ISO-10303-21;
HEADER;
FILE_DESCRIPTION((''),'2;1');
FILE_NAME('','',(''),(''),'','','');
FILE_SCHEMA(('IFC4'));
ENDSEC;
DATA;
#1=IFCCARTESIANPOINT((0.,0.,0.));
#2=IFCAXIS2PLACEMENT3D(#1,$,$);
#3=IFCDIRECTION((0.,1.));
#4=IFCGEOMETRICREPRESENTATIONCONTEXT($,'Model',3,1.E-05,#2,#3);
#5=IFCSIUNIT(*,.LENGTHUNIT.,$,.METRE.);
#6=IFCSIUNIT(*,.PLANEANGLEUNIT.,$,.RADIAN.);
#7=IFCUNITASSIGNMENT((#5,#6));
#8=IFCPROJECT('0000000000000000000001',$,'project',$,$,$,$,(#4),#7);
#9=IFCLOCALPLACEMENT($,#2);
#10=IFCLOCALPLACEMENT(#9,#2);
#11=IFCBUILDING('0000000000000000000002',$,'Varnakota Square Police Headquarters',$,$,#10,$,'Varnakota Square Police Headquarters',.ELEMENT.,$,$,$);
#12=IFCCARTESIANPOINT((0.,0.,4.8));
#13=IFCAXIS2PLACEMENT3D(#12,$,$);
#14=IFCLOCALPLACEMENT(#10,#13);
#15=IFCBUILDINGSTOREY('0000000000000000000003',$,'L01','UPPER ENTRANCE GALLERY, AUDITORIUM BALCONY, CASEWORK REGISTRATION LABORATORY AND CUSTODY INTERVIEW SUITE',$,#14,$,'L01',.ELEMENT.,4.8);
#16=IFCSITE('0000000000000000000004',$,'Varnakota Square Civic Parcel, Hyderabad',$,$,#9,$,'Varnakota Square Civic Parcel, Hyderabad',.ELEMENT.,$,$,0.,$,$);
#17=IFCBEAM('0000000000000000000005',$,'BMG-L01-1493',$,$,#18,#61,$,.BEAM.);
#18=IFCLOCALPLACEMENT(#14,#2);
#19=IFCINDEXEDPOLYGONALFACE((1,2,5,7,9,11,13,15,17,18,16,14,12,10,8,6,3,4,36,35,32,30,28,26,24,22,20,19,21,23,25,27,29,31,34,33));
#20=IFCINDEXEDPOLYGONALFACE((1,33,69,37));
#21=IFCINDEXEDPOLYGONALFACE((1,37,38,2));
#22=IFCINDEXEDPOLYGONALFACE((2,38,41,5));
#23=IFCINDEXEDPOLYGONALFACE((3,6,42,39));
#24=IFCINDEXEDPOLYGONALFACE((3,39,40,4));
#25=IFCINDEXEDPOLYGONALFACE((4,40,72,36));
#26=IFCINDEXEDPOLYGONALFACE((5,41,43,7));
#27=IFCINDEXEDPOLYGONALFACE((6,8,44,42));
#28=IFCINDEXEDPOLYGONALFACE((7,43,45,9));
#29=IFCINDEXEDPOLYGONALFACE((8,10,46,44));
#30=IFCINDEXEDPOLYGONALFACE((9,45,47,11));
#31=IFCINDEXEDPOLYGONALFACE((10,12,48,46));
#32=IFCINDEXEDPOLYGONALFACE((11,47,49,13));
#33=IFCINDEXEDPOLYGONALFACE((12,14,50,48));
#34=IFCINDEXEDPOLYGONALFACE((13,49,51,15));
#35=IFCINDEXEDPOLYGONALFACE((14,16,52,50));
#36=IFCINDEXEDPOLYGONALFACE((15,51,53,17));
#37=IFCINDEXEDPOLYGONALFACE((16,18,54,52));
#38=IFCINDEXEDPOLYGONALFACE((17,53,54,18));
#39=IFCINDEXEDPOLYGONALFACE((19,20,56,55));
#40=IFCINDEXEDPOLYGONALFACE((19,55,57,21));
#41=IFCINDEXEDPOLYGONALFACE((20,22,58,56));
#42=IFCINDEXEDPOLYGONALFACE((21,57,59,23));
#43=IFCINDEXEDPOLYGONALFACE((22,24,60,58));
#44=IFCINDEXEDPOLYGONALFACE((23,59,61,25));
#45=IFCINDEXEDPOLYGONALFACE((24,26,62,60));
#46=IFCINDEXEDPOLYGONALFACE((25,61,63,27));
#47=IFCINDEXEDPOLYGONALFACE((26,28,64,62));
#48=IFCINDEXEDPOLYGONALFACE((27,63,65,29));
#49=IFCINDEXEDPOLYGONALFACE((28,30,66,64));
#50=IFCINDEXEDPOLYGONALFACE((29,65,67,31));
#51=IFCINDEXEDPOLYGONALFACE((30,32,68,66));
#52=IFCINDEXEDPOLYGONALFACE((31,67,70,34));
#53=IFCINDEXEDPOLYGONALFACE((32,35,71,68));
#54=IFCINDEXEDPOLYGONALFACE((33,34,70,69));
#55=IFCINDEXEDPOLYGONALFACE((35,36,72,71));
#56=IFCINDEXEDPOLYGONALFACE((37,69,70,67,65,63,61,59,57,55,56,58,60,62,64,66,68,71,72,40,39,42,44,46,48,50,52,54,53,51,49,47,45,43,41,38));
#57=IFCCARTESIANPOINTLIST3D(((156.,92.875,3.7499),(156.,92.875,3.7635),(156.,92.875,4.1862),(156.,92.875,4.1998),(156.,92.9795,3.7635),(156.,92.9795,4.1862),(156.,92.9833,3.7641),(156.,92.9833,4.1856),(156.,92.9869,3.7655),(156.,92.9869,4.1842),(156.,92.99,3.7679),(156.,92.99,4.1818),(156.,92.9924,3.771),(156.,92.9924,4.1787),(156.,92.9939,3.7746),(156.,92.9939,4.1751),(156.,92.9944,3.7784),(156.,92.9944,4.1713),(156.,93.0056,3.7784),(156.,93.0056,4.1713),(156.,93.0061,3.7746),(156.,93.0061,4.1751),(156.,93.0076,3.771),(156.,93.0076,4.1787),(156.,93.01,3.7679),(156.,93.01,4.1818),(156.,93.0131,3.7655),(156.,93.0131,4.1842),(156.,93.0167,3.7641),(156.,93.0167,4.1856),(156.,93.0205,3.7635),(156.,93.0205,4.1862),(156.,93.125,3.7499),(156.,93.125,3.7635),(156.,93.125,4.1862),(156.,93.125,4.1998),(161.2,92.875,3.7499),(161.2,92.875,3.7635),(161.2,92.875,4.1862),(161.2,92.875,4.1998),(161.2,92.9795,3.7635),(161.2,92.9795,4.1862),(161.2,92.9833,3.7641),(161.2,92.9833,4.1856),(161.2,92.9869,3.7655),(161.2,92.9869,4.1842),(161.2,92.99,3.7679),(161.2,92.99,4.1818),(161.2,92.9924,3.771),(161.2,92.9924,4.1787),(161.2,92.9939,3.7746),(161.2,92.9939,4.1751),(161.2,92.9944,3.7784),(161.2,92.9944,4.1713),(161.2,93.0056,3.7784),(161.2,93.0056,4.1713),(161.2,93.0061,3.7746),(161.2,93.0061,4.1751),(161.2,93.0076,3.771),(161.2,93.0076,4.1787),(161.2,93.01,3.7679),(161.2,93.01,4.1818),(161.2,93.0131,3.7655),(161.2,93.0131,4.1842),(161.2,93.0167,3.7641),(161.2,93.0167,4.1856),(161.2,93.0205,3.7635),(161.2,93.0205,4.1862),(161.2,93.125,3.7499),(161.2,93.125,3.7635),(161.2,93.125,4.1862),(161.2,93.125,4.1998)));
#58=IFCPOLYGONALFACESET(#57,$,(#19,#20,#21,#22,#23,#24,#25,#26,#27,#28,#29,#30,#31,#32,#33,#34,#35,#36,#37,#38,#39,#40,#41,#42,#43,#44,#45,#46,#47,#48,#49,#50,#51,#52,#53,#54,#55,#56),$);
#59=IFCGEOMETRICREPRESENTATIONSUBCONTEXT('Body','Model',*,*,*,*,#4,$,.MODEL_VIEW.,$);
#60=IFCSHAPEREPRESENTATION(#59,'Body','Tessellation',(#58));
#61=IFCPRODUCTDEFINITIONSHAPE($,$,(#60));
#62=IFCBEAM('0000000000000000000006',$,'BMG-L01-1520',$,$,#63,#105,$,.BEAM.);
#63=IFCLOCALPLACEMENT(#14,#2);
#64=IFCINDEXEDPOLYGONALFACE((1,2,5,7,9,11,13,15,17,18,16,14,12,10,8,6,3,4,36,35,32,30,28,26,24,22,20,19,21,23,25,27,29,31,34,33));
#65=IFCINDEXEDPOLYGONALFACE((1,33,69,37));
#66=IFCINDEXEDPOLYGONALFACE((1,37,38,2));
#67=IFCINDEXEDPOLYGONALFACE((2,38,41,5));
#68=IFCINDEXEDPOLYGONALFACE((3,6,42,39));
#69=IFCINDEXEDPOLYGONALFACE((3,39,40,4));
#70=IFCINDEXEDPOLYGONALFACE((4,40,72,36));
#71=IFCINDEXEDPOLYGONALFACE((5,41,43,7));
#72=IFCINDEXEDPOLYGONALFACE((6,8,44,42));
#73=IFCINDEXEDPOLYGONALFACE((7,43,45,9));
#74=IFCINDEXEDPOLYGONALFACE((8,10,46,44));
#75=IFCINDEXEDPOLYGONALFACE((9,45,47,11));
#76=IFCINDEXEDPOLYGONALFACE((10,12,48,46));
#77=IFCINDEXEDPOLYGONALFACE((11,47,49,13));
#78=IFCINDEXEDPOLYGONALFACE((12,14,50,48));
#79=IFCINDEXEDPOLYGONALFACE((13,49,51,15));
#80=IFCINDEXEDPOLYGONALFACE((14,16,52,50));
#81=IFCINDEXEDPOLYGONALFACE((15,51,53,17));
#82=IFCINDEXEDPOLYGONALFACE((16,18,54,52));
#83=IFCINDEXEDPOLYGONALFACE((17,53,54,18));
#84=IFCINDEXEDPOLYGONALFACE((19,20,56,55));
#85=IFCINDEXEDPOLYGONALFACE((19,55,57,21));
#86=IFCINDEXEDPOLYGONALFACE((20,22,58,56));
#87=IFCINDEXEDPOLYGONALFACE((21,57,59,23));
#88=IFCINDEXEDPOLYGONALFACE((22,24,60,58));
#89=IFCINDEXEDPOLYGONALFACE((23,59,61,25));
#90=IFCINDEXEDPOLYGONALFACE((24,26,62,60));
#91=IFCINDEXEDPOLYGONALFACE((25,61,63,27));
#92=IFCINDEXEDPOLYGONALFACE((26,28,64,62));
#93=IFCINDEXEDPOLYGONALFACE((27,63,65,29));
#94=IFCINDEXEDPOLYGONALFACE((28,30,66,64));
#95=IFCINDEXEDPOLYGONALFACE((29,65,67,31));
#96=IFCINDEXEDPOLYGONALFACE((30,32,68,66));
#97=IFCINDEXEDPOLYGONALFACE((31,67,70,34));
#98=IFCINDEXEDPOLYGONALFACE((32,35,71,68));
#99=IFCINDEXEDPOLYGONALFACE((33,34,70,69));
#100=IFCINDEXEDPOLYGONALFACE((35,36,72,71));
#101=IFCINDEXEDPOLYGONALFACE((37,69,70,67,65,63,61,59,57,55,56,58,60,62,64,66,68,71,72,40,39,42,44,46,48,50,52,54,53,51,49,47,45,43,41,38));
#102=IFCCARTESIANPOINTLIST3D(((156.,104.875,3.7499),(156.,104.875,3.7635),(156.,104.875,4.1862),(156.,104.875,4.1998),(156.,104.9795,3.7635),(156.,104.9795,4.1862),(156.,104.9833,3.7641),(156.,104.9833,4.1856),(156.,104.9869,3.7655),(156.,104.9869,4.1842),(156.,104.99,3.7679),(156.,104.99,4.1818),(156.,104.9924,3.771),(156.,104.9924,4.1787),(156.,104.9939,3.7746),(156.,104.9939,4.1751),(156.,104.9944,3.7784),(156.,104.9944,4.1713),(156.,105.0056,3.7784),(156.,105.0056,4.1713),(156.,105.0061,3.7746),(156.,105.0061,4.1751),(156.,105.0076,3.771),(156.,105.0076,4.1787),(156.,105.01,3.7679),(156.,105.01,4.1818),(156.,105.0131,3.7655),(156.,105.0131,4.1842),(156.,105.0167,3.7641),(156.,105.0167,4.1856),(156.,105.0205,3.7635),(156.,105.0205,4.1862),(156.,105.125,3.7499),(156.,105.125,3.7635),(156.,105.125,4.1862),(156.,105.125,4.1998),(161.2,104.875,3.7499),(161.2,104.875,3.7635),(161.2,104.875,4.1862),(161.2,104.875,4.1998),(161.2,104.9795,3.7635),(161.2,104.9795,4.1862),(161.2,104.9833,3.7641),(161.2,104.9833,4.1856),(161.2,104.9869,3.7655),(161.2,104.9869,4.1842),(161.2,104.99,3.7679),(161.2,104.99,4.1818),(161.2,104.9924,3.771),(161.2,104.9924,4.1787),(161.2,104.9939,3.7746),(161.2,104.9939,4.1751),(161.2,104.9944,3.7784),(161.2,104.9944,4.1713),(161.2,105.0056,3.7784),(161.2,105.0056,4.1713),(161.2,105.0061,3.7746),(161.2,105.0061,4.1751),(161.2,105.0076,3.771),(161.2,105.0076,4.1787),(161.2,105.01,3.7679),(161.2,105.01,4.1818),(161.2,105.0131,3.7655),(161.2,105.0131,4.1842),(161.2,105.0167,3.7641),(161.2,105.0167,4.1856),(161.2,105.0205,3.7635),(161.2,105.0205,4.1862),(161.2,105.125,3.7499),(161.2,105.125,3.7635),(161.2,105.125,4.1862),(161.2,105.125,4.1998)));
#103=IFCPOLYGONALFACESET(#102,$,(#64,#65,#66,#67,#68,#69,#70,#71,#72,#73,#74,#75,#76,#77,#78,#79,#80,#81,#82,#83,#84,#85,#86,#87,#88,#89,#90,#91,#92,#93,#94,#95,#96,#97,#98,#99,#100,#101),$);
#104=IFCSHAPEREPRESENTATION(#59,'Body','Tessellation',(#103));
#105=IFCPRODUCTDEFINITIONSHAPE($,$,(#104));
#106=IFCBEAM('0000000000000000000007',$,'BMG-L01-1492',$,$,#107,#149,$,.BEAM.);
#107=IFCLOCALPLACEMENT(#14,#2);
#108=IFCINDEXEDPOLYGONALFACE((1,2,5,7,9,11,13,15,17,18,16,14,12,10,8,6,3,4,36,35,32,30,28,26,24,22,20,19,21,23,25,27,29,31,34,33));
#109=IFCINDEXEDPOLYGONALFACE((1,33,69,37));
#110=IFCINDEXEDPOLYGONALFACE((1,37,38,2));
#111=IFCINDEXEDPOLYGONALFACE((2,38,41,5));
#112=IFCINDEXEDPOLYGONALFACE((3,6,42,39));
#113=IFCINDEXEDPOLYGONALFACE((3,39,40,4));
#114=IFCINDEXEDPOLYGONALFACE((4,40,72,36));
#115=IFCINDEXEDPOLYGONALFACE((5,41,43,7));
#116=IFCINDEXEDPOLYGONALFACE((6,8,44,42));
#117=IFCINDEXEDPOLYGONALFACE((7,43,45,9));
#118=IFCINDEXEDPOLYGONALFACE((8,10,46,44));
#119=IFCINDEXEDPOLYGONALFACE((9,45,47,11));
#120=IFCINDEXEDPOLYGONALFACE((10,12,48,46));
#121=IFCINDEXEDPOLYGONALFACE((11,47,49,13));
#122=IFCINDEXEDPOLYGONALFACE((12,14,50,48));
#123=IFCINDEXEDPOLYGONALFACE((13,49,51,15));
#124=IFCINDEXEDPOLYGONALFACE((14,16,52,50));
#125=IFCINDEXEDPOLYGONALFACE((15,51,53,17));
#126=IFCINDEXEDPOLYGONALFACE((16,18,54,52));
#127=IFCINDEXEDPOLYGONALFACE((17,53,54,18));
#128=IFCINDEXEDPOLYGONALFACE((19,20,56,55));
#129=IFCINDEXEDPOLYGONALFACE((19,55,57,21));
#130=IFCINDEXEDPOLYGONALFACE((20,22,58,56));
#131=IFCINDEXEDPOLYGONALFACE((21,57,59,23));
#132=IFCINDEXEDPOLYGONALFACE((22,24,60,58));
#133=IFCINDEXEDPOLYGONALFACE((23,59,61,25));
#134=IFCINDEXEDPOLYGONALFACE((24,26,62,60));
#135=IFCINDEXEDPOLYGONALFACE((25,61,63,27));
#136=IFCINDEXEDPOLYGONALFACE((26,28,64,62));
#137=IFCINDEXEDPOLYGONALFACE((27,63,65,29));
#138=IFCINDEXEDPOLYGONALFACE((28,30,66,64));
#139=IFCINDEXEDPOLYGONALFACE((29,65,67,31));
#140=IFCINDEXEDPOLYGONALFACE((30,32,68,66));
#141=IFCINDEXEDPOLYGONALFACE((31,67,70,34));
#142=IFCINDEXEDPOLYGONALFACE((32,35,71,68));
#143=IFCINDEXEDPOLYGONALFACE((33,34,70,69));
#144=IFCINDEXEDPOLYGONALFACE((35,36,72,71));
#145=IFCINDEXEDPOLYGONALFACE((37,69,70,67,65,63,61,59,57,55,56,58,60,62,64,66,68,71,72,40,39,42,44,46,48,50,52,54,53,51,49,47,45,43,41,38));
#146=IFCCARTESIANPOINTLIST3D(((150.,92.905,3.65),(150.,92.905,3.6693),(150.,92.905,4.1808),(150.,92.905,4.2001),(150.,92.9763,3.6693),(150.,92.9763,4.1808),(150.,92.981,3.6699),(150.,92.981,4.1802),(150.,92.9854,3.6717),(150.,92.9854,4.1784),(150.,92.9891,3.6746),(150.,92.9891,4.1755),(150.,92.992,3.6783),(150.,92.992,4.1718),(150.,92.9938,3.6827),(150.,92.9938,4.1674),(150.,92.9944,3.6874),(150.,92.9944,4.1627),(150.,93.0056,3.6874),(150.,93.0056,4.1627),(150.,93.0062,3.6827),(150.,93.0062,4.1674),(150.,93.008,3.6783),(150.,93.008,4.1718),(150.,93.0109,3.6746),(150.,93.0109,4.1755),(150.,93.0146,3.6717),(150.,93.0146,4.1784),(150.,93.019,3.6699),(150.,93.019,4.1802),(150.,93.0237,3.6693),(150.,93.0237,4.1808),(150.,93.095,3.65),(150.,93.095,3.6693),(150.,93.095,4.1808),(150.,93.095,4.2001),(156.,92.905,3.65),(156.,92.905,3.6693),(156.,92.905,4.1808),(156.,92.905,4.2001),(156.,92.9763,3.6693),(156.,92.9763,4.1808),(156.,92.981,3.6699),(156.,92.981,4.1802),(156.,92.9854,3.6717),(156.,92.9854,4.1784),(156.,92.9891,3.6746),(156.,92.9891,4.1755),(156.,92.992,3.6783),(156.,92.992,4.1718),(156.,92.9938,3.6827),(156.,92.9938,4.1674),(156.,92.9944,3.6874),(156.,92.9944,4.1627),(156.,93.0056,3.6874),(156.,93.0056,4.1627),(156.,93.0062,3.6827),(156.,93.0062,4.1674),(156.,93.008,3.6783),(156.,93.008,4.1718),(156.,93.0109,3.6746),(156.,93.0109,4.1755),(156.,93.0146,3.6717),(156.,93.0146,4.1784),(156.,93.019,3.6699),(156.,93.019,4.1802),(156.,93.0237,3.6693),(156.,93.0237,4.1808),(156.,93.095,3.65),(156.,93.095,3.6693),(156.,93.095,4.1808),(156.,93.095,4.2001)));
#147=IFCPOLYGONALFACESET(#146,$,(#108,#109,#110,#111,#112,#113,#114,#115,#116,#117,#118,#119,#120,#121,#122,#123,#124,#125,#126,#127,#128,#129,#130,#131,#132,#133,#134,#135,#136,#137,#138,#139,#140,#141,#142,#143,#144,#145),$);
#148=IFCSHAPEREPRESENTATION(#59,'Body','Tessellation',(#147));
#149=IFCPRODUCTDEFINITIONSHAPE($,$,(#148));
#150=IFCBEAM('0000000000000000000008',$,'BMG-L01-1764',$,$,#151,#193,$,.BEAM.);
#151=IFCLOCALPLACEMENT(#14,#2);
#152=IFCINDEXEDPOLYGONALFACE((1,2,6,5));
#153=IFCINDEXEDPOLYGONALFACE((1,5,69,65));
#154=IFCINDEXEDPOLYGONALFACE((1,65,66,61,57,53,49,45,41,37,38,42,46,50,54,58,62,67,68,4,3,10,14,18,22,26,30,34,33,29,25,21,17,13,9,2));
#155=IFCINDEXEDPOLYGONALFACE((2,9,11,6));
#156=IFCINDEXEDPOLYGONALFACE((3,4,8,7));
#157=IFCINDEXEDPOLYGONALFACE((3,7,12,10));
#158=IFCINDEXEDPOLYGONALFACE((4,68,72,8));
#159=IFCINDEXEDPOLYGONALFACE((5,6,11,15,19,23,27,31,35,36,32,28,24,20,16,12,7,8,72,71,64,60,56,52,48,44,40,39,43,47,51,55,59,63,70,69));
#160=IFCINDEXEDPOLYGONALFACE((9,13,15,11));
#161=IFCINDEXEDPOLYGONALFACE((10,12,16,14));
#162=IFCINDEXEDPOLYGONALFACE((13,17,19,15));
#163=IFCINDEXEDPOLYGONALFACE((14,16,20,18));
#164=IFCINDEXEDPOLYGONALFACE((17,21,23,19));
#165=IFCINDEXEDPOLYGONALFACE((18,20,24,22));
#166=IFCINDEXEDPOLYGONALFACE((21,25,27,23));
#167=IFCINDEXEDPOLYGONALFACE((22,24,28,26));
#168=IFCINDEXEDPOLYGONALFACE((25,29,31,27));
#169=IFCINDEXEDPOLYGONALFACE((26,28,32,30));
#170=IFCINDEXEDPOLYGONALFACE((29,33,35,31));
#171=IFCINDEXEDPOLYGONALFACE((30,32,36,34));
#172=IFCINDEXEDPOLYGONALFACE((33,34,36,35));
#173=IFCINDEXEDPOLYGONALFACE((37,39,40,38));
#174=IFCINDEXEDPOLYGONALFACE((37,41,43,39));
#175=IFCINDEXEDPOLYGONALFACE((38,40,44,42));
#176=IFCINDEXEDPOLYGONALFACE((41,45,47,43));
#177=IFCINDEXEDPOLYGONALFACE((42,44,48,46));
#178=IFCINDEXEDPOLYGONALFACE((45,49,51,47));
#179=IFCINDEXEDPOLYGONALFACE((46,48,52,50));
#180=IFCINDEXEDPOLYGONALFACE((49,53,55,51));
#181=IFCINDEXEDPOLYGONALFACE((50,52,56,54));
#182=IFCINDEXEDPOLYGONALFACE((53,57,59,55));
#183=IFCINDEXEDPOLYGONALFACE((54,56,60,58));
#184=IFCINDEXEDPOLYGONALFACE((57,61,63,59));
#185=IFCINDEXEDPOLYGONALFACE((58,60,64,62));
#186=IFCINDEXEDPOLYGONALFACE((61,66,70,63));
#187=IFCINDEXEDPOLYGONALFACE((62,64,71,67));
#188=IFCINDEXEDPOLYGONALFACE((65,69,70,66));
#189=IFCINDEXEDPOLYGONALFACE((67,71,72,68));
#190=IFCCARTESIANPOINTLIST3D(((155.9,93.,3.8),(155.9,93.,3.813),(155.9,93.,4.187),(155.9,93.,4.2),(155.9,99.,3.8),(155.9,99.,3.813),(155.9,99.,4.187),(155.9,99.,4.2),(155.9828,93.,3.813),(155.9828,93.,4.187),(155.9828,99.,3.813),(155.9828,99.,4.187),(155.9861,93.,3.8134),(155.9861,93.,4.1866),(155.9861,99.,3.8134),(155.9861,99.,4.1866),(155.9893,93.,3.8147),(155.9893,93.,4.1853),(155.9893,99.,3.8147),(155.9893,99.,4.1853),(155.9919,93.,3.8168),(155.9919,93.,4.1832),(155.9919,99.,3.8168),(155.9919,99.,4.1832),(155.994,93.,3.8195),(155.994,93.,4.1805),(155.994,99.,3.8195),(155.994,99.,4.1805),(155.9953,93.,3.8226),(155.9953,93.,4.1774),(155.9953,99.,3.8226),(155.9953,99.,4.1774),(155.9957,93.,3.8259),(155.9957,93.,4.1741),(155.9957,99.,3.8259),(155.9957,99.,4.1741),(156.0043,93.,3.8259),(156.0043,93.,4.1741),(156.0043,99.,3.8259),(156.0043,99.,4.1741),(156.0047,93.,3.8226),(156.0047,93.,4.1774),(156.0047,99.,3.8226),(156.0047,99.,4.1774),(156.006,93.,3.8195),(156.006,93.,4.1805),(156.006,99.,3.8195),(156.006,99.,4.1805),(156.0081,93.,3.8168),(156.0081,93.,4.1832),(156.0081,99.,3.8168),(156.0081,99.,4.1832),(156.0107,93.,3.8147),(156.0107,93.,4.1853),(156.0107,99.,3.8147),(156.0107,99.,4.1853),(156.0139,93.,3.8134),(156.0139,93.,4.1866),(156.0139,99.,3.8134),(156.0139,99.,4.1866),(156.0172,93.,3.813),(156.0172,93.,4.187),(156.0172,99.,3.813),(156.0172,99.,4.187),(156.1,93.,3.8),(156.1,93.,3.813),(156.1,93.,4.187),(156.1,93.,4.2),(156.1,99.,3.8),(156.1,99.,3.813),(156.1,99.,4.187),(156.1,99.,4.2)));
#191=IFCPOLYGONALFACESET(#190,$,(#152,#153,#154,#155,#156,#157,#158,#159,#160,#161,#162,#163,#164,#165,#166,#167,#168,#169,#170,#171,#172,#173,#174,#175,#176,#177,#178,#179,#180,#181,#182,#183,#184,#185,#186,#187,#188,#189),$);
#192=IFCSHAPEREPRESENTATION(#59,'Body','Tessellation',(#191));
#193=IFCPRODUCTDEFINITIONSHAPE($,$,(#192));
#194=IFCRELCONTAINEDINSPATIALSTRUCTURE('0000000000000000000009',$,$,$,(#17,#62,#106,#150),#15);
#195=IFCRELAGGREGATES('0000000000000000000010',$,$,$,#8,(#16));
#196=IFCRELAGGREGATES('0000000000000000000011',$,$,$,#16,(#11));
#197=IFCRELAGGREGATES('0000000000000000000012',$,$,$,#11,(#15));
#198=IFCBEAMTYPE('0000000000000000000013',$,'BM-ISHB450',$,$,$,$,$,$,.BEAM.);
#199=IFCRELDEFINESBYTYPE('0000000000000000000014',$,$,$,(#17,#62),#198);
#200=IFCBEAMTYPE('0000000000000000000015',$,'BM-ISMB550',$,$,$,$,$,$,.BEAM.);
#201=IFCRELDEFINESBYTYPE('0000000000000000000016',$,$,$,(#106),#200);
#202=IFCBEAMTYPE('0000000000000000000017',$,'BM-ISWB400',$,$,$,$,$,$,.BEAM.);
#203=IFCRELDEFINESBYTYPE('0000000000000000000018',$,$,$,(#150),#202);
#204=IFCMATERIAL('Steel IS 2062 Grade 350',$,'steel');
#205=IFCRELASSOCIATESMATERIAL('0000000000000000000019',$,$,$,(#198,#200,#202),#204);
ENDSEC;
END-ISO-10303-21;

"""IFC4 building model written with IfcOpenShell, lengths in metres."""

from ifc_helpers import new_model, si_unit, direction, frame, origin, origin_2d, place, context, subcontext, project, spatial, i_section, extrude, material, material_profile, profile_set, type_object, element, save


model = new_model("IFC4")

# Units and contexts
model_context = context("Model", 3, precision=1e-05, world=origin(), true_north=direction((0.0, 1.0)))
body_context = subcontext(model_context, "Body", "Model", "MODEL_VIEW")
ifc_project = project(units=[si_unit("LENGTHUNIT", "METRE"), si_unit("PLANEANGLEUNIT", "RADIAN")], contexts=[model_context])

# Site, building, storey
site_placement = place(None, origin())
site = spatial("IfcSite", under=ifc_project, at=site_placement, Name="Varnakota Square Civic Parcel, Hyderabad", LongName="Varnakota Square Civic Parcel, Hyderabad", CompositionType="ELEMENT", RefElevation=0.0)
building_placement = place(site_placement, origin())
building = spatial("IfcBuilding", under=site, at=building_placement, Name="Varnakota Square Police Headquarters", LongName="Varnakota Square Police Headquarters", CompositionType="ELEMENT")
storey_placement = place(building_placement, frame((0.0, 0.0, 4.8)))
storey = spatial("IfcBuildingStorey", under=building, at=storey_placement, Name="L01", Description="UPPER ENTRANCE GALLERY, AUDITORIUM BALCONY, CASEWORK REGISTRATION LABORATORY AND CUSTODY INTERVIEW SUITE", LongName="L01", CompositionType="ELEMENT", Elevation=4.8)

# Shared definitions
ifc_material_1 = material(Name="Steel IS 2062 Grade 350", Category="steel")

# Beams
ifc_material_profile_1 = material_profile(ifc_material_1, i_section(OverallWidth=0.25, OverallDepth=0.45, WebThickness=0.0112, FlangeThickness=0.0137, FilletRadius=0.0149, at=origin_2d()), Name="ISHB 450")
ifc_profile_set_1 = profile_set([ifc_material_profile_1], Name="Steel IS 2062 Grade 350")
beam_type_1 = type_object("IfcBeamType", Name="BM-ISHB450", PredefinedType="BEAM", material=ifc_profile_set_1)
for number, where, z_axis, x_axis, name in (
    (1, (156.0, 93.0, 3.9749), (1.0, 0.0, 0.0), (0.0, 1.0, 0.0), "BMG-L01-1493"),
    (2, (156.0, 105.0, 3.9749), (1.0, 0.0, 0.0), (0.0, 1.0, 0.0), "BMG-L01-1520"),
):
    element("IfcBeam", number, at=place(storey_placement, frame(where, z_axis=z_axis, x_axis=x_axis)), inside=storey, type_object=beam_type_1, Name=name, PredefinedType="BEAM", context=body_context, shape_type="SweptSolid", body=[
        extrude(i_section(OverallWidth=0.25, OverallDepth=0.45, WebThickness=0.0112, FlangeThickness=0.0137, FilletRadius=0.0149, at=origin_2d()), origin(), (0.0, 0.0, 1.0), 5.2),
    ])
ifc_material_profile_2 = material_profile(ifc_material_1, i_section(OverallWidth=0.1899, OverallDepth=0.55, WebThickness=0.0112, FlangeThickness=0.0193, FilletRadius=0.0181, at=origin_2d()), Name="ISMB 550")
ifc_profile_set_2 = profile_set([ifc_material_profile_2], Name="Steel IS 2062 Grade 350")
beam_type_2 = type_object("IfcBeamType", Name="BM-ISMB550", PredefinedType="BEAM", material=ifc_profile_set_2)
beam_placement = place(storey_placement, frame((150.0, 93.0, 3.925), z_axis=(1.0, 0.0, 0.0), x_axis=(0.0, 1.0, 0.0)))
element("IfcBeam", 3, at=beam_placement, inside=storey, type_object=beam_type_2, Name="BMG-L01-1492", PredefinedType="BEAM", context=body_context, shape_type="SweptSolid", body=[
    extrude(i_section(OverallWidth=0.1899, OverallDepth=0.55, WebThickness=0.0112, FlangeThickness=0.0193, FilletRadius=0.0181, at=origin_2d()), origin(), (0.0, 0.0, 1.0), 6.0),
])
ifc_material_profile_3 = material_profile(ifc_material_1, i_section(OverallWidth=0.2, OverallDepth=0.3999, WebThickness=0.0085, FlangeThickness=0.0129, FilletRadius=0.0129, at=origin_2d()), Name="ISWB 400")
ifc_profile_set_3 = profile_set([ifc_material_profile_3], Name="Steel IS 2062 Grade 350")
beam_type_3 = type_object("IfcBeamType", Name="BM-ISWB400", PredefinedType="BEAM", material=ifc_profile_set_3)
for number, where, z_axis, x_axis, name in (
    (4, (156.0, 93.0, 4.0), (0.0, 1.0, 0.0), (-1.0, 0.0, 0.0), "BMG-L01-1764"),
):
    element("IfcBeam", number, at=place(storey_placement, frame(where, z_axis=z_axis, x_axis=x_axis)), inside=storey, type_object=beam_type_3, Name=name, PredefinedType="BEAM", context=body_context, shape_type="SweptSolid", body=[
        extrude(i_section(OverallWidth=0.2, OverallDepth=0.3999, WebThickness=0.0085, FlangeThickness=0.0129, FilletRadius=0.0129, at=origin_2d()), origin(), (0.0, 0.0, 1.0), 6.0),
    ])

save(model, "model.ifc")
